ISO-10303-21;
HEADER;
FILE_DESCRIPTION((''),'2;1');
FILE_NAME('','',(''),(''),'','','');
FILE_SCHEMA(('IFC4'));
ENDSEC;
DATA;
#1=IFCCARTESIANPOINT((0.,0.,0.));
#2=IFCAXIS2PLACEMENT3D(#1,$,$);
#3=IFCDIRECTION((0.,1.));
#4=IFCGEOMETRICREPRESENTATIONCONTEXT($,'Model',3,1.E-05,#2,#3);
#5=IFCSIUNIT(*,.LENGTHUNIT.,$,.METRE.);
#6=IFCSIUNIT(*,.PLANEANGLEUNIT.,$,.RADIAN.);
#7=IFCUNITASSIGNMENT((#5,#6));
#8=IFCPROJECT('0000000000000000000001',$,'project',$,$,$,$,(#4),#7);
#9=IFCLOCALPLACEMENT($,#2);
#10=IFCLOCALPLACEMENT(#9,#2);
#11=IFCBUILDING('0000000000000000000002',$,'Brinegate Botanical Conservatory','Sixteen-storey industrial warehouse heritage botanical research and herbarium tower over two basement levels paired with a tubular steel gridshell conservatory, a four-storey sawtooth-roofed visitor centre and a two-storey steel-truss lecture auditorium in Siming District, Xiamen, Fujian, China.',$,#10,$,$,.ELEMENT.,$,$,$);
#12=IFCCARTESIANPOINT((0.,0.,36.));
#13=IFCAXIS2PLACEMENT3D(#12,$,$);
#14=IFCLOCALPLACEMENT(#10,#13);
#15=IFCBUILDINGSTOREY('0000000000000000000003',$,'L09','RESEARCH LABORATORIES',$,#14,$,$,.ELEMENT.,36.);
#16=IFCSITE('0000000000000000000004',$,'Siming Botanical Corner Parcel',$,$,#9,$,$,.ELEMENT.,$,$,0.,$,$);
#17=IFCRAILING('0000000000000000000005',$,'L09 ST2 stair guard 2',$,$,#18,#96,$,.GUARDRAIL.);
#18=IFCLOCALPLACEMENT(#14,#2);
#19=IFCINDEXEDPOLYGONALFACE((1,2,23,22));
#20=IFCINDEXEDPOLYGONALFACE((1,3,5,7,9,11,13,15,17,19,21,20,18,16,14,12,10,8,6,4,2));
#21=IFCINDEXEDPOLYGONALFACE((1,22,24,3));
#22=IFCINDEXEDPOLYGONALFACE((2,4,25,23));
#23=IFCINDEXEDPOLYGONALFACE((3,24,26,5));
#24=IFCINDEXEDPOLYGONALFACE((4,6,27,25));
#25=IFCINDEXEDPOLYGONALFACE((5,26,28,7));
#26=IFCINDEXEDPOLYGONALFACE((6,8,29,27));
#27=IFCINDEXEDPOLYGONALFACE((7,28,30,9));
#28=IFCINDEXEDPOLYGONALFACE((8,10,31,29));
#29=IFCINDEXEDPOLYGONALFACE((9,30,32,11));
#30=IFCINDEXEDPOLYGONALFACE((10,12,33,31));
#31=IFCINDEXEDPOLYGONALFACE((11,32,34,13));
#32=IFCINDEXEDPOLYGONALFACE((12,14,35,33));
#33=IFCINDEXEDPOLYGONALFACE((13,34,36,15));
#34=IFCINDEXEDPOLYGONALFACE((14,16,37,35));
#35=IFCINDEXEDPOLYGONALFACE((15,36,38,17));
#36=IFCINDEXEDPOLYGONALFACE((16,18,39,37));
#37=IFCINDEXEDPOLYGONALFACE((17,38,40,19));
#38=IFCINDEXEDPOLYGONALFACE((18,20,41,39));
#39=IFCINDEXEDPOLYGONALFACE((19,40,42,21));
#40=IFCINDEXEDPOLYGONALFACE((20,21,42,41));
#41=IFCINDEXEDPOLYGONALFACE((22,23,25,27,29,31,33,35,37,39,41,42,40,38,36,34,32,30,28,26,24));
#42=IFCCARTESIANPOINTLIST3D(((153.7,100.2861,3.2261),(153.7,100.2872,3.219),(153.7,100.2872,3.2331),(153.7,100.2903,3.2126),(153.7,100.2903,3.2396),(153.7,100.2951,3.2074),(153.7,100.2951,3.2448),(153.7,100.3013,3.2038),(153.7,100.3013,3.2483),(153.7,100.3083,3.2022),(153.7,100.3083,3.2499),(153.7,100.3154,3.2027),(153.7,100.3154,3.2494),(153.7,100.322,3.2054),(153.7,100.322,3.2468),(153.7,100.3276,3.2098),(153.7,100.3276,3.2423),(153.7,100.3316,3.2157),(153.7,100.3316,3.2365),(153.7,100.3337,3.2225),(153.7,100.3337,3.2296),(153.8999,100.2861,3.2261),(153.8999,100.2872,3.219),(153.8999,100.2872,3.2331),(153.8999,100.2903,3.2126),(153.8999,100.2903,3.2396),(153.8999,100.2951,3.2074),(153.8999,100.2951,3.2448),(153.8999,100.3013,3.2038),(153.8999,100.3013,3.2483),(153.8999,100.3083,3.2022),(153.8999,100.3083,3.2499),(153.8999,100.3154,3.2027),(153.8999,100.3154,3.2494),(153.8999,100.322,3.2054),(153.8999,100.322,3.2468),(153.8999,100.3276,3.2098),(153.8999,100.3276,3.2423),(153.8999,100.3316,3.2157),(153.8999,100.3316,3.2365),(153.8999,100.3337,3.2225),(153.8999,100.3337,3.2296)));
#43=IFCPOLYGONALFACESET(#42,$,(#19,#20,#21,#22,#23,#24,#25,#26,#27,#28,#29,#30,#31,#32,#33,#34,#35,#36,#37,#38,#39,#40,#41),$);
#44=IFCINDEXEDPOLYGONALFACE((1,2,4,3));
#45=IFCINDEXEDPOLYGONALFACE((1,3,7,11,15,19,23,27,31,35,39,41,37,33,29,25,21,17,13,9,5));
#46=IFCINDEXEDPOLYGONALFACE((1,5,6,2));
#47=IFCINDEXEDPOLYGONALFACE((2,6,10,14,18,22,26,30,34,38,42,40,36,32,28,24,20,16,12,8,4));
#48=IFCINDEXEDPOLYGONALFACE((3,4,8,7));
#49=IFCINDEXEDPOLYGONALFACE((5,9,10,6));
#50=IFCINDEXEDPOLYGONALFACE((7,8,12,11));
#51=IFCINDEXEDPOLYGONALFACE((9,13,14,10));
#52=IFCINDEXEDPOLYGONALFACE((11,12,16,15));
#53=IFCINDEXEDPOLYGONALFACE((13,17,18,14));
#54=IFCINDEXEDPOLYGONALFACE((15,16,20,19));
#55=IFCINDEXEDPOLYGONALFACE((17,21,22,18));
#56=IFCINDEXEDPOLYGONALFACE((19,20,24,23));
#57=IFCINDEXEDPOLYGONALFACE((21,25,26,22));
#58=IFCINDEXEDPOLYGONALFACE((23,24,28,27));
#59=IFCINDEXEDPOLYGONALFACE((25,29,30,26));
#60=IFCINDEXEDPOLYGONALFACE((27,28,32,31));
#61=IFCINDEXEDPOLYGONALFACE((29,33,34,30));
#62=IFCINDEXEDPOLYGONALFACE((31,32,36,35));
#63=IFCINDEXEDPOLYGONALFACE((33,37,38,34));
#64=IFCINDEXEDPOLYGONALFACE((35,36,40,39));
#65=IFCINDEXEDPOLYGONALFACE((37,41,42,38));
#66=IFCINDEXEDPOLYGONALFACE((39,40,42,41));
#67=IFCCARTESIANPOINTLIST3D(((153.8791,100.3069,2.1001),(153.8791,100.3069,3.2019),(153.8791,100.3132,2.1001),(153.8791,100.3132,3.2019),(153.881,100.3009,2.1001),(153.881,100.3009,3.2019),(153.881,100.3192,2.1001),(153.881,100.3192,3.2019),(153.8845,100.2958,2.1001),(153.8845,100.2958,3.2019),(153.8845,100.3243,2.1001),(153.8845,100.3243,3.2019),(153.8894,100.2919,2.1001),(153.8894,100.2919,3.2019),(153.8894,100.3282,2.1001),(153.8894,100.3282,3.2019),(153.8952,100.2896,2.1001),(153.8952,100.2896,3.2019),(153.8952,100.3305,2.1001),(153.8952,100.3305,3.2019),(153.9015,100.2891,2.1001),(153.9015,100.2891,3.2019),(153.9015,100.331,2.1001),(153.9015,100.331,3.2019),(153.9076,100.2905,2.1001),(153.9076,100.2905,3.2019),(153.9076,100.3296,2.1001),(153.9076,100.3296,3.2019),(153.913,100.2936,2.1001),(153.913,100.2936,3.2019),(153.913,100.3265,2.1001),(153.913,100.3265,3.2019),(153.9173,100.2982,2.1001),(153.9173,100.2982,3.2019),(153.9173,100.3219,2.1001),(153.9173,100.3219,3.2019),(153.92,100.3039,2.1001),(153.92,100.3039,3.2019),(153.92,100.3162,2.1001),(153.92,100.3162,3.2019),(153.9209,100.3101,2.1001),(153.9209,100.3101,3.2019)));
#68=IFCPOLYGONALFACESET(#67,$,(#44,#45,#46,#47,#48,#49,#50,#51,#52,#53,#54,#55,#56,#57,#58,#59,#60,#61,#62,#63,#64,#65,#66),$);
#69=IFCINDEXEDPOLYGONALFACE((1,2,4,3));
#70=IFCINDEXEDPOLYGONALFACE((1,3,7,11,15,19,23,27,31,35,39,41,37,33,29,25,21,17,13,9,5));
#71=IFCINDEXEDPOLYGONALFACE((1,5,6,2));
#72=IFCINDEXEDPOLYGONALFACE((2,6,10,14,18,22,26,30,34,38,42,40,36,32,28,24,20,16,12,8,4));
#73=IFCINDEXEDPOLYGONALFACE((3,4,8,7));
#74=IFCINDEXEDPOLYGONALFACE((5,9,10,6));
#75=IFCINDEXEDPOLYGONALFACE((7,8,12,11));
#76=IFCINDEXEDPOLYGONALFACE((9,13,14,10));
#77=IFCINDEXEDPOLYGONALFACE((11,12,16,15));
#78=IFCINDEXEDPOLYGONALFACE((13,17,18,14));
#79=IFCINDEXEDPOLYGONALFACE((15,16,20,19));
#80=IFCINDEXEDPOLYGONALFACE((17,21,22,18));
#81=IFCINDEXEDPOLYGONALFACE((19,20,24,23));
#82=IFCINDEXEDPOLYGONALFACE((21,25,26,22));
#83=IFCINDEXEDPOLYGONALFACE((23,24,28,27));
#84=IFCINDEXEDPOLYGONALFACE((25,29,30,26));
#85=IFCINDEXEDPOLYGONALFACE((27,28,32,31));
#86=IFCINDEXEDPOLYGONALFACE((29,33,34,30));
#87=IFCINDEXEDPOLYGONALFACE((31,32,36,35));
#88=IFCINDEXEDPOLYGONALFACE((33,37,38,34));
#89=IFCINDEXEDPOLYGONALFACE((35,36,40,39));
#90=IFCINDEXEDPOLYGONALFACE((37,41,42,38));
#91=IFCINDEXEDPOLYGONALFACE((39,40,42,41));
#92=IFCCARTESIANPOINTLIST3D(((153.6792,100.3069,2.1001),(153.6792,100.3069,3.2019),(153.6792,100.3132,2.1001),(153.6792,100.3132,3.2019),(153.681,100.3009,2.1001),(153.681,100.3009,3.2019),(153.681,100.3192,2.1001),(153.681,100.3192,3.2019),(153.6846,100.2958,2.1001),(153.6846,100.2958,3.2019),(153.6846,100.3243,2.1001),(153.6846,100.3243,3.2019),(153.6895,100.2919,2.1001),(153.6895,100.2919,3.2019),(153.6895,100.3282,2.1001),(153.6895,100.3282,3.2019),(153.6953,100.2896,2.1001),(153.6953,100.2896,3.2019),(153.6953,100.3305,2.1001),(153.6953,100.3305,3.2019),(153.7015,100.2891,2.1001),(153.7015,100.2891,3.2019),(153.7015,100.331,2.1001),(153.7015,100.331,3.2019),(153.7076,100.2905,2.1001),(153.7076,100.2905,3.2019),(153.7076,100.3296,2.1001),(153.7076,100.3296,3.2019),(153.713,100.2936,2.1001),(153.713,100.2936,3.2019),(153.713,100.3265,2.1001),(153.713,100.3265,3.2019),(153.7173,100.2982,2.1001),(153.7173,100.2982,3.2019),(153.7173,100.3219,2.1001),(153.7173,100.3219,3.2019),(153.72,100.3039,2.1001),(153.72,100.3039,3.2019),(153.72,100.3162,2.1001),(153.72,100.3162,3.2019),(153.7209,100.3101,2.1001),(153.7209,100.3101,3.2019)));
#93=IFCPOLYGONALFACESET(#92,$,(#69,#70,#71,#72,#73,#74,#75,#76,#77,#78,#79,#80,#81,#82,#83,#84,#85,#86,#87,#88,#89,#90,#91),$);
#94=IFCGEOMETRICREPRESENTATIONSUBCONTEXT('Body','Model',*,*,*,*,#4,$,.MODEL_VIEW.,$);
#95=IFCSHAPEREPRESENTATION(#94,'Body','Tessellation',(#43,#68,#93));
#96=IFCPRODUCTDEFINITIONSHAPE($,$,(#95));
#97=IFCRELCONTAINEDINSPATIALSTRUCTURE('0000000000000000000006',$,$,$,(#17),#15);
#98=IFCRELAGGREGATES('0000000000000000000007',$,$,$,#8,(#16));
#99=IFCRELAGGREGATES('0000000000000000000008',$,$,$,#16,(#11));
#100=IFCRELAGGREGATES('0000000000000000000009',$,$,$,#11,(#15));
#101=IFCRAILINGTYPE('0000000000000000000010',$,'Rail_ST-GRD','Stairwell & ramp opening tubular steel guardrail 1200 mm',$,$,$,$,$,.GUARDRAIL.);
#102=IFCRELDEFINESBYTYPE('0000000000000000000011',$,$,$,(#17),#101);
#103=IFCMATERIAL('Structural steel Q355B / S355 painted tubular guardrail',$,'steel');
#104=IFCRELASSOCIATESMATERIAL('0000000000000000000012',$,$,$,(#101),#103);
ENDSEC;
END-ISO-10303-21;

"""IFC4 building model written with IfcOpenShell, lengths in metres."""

from ifc_helpers import new_model, si_unit, direction, frame, origin, origin_2d, place, context, subcontext, project, spatial, circle, extrude, material, type_object, element, save


model = new_model("IFC4")

# Units and contexts
model_context = context("Model", 3, precision=1e-05, world=origin(), true_north=direction((0.0, 1.0)))
body_context = subcontext(model_context, "Body", "Model", "MODEL_VIEW")
ifc_project = project(units=[si_unit("LENGTHUNIT", "METRE"), si_unit("PLANEANGLEUNIT", "RADIAN")], contexts=[model_context])

# Site, building, storey
site_placement = place(None, origin())
site = spatial("IfcSite", under=ifc_project, at=site_placement, Name="Siming Botanical Corner Parcel", CompositionType="ELEMENT", RefElevation=0.0)
building_placement = place(site_placement, origin())
building = spatial("IfcBuilding", under=site, at=building_placement, Name="Brinegate Botanical Conservatory", Description="Sixteen-storey industrial warehouse heritage botanical research and herbarium tower over two basement levels paired with a tubular steel gridshell conservatory, a four-storey sawtooth-roofed visitor centre and a two-storey steel-truss lecture auditorium in Siming District, Xiamen, Fujian, China.", CompositionType="ELEMENT")
storey_placement = place(building_placement, frame((0.0, 0.0, 36.0)))
storey = spatial("IfcBuildingStorey", under=building, at=storey_placement, Name="L09", Description="RESEARCH LABORATORIES", CompositionType="ELEMENT", Elevation=36.0)

# Railing
ifc_material_1 = material(Name="Structural steel Q355B / S355 painted tubular guardrail", Category="steel")
railing_type_1 = type_object("IfcRailingType", Name="Rail_ST-GRD", Description="Stairwell & ramp opening tubular steel guardrail 1200 mm", PredefinedType="GUARDRAIL", material=ifc_material_1)
railing_1_placement = place(storey_placement, frame((153.8999, 100.3101, 2.1001)))
element("IfcRailing", 1, at=railing_1_placement, inside=storey, type_object=railing_type_1, Name="L09 ST2 stair guard 2", PredefinedType="GUARDRAIL", context=body_context, shape_type="SweptSolid", body=[
    extrude(circle(Radius=0.0239, at=origin_2d()), frame((0.0, 0.0, 1.126), z_axis=(-1.0, 0.0, 0.0), x_axis=(0.0, -1.0, 0.0)), (0.0, 0.0, 1.0), 0.2),
    extrude(circle(Radius=0.021, at=origin_2d()), origin(), (0.0, 0.0, 1.0), 1.1018),
    extrude(circle(Radius=0.021, at=origin_2d()), frame((-0.2, 0.0, 0.0)), (0.0, 0.0, 1.0), 1.1018),
])

save(model, "model.ifc")
